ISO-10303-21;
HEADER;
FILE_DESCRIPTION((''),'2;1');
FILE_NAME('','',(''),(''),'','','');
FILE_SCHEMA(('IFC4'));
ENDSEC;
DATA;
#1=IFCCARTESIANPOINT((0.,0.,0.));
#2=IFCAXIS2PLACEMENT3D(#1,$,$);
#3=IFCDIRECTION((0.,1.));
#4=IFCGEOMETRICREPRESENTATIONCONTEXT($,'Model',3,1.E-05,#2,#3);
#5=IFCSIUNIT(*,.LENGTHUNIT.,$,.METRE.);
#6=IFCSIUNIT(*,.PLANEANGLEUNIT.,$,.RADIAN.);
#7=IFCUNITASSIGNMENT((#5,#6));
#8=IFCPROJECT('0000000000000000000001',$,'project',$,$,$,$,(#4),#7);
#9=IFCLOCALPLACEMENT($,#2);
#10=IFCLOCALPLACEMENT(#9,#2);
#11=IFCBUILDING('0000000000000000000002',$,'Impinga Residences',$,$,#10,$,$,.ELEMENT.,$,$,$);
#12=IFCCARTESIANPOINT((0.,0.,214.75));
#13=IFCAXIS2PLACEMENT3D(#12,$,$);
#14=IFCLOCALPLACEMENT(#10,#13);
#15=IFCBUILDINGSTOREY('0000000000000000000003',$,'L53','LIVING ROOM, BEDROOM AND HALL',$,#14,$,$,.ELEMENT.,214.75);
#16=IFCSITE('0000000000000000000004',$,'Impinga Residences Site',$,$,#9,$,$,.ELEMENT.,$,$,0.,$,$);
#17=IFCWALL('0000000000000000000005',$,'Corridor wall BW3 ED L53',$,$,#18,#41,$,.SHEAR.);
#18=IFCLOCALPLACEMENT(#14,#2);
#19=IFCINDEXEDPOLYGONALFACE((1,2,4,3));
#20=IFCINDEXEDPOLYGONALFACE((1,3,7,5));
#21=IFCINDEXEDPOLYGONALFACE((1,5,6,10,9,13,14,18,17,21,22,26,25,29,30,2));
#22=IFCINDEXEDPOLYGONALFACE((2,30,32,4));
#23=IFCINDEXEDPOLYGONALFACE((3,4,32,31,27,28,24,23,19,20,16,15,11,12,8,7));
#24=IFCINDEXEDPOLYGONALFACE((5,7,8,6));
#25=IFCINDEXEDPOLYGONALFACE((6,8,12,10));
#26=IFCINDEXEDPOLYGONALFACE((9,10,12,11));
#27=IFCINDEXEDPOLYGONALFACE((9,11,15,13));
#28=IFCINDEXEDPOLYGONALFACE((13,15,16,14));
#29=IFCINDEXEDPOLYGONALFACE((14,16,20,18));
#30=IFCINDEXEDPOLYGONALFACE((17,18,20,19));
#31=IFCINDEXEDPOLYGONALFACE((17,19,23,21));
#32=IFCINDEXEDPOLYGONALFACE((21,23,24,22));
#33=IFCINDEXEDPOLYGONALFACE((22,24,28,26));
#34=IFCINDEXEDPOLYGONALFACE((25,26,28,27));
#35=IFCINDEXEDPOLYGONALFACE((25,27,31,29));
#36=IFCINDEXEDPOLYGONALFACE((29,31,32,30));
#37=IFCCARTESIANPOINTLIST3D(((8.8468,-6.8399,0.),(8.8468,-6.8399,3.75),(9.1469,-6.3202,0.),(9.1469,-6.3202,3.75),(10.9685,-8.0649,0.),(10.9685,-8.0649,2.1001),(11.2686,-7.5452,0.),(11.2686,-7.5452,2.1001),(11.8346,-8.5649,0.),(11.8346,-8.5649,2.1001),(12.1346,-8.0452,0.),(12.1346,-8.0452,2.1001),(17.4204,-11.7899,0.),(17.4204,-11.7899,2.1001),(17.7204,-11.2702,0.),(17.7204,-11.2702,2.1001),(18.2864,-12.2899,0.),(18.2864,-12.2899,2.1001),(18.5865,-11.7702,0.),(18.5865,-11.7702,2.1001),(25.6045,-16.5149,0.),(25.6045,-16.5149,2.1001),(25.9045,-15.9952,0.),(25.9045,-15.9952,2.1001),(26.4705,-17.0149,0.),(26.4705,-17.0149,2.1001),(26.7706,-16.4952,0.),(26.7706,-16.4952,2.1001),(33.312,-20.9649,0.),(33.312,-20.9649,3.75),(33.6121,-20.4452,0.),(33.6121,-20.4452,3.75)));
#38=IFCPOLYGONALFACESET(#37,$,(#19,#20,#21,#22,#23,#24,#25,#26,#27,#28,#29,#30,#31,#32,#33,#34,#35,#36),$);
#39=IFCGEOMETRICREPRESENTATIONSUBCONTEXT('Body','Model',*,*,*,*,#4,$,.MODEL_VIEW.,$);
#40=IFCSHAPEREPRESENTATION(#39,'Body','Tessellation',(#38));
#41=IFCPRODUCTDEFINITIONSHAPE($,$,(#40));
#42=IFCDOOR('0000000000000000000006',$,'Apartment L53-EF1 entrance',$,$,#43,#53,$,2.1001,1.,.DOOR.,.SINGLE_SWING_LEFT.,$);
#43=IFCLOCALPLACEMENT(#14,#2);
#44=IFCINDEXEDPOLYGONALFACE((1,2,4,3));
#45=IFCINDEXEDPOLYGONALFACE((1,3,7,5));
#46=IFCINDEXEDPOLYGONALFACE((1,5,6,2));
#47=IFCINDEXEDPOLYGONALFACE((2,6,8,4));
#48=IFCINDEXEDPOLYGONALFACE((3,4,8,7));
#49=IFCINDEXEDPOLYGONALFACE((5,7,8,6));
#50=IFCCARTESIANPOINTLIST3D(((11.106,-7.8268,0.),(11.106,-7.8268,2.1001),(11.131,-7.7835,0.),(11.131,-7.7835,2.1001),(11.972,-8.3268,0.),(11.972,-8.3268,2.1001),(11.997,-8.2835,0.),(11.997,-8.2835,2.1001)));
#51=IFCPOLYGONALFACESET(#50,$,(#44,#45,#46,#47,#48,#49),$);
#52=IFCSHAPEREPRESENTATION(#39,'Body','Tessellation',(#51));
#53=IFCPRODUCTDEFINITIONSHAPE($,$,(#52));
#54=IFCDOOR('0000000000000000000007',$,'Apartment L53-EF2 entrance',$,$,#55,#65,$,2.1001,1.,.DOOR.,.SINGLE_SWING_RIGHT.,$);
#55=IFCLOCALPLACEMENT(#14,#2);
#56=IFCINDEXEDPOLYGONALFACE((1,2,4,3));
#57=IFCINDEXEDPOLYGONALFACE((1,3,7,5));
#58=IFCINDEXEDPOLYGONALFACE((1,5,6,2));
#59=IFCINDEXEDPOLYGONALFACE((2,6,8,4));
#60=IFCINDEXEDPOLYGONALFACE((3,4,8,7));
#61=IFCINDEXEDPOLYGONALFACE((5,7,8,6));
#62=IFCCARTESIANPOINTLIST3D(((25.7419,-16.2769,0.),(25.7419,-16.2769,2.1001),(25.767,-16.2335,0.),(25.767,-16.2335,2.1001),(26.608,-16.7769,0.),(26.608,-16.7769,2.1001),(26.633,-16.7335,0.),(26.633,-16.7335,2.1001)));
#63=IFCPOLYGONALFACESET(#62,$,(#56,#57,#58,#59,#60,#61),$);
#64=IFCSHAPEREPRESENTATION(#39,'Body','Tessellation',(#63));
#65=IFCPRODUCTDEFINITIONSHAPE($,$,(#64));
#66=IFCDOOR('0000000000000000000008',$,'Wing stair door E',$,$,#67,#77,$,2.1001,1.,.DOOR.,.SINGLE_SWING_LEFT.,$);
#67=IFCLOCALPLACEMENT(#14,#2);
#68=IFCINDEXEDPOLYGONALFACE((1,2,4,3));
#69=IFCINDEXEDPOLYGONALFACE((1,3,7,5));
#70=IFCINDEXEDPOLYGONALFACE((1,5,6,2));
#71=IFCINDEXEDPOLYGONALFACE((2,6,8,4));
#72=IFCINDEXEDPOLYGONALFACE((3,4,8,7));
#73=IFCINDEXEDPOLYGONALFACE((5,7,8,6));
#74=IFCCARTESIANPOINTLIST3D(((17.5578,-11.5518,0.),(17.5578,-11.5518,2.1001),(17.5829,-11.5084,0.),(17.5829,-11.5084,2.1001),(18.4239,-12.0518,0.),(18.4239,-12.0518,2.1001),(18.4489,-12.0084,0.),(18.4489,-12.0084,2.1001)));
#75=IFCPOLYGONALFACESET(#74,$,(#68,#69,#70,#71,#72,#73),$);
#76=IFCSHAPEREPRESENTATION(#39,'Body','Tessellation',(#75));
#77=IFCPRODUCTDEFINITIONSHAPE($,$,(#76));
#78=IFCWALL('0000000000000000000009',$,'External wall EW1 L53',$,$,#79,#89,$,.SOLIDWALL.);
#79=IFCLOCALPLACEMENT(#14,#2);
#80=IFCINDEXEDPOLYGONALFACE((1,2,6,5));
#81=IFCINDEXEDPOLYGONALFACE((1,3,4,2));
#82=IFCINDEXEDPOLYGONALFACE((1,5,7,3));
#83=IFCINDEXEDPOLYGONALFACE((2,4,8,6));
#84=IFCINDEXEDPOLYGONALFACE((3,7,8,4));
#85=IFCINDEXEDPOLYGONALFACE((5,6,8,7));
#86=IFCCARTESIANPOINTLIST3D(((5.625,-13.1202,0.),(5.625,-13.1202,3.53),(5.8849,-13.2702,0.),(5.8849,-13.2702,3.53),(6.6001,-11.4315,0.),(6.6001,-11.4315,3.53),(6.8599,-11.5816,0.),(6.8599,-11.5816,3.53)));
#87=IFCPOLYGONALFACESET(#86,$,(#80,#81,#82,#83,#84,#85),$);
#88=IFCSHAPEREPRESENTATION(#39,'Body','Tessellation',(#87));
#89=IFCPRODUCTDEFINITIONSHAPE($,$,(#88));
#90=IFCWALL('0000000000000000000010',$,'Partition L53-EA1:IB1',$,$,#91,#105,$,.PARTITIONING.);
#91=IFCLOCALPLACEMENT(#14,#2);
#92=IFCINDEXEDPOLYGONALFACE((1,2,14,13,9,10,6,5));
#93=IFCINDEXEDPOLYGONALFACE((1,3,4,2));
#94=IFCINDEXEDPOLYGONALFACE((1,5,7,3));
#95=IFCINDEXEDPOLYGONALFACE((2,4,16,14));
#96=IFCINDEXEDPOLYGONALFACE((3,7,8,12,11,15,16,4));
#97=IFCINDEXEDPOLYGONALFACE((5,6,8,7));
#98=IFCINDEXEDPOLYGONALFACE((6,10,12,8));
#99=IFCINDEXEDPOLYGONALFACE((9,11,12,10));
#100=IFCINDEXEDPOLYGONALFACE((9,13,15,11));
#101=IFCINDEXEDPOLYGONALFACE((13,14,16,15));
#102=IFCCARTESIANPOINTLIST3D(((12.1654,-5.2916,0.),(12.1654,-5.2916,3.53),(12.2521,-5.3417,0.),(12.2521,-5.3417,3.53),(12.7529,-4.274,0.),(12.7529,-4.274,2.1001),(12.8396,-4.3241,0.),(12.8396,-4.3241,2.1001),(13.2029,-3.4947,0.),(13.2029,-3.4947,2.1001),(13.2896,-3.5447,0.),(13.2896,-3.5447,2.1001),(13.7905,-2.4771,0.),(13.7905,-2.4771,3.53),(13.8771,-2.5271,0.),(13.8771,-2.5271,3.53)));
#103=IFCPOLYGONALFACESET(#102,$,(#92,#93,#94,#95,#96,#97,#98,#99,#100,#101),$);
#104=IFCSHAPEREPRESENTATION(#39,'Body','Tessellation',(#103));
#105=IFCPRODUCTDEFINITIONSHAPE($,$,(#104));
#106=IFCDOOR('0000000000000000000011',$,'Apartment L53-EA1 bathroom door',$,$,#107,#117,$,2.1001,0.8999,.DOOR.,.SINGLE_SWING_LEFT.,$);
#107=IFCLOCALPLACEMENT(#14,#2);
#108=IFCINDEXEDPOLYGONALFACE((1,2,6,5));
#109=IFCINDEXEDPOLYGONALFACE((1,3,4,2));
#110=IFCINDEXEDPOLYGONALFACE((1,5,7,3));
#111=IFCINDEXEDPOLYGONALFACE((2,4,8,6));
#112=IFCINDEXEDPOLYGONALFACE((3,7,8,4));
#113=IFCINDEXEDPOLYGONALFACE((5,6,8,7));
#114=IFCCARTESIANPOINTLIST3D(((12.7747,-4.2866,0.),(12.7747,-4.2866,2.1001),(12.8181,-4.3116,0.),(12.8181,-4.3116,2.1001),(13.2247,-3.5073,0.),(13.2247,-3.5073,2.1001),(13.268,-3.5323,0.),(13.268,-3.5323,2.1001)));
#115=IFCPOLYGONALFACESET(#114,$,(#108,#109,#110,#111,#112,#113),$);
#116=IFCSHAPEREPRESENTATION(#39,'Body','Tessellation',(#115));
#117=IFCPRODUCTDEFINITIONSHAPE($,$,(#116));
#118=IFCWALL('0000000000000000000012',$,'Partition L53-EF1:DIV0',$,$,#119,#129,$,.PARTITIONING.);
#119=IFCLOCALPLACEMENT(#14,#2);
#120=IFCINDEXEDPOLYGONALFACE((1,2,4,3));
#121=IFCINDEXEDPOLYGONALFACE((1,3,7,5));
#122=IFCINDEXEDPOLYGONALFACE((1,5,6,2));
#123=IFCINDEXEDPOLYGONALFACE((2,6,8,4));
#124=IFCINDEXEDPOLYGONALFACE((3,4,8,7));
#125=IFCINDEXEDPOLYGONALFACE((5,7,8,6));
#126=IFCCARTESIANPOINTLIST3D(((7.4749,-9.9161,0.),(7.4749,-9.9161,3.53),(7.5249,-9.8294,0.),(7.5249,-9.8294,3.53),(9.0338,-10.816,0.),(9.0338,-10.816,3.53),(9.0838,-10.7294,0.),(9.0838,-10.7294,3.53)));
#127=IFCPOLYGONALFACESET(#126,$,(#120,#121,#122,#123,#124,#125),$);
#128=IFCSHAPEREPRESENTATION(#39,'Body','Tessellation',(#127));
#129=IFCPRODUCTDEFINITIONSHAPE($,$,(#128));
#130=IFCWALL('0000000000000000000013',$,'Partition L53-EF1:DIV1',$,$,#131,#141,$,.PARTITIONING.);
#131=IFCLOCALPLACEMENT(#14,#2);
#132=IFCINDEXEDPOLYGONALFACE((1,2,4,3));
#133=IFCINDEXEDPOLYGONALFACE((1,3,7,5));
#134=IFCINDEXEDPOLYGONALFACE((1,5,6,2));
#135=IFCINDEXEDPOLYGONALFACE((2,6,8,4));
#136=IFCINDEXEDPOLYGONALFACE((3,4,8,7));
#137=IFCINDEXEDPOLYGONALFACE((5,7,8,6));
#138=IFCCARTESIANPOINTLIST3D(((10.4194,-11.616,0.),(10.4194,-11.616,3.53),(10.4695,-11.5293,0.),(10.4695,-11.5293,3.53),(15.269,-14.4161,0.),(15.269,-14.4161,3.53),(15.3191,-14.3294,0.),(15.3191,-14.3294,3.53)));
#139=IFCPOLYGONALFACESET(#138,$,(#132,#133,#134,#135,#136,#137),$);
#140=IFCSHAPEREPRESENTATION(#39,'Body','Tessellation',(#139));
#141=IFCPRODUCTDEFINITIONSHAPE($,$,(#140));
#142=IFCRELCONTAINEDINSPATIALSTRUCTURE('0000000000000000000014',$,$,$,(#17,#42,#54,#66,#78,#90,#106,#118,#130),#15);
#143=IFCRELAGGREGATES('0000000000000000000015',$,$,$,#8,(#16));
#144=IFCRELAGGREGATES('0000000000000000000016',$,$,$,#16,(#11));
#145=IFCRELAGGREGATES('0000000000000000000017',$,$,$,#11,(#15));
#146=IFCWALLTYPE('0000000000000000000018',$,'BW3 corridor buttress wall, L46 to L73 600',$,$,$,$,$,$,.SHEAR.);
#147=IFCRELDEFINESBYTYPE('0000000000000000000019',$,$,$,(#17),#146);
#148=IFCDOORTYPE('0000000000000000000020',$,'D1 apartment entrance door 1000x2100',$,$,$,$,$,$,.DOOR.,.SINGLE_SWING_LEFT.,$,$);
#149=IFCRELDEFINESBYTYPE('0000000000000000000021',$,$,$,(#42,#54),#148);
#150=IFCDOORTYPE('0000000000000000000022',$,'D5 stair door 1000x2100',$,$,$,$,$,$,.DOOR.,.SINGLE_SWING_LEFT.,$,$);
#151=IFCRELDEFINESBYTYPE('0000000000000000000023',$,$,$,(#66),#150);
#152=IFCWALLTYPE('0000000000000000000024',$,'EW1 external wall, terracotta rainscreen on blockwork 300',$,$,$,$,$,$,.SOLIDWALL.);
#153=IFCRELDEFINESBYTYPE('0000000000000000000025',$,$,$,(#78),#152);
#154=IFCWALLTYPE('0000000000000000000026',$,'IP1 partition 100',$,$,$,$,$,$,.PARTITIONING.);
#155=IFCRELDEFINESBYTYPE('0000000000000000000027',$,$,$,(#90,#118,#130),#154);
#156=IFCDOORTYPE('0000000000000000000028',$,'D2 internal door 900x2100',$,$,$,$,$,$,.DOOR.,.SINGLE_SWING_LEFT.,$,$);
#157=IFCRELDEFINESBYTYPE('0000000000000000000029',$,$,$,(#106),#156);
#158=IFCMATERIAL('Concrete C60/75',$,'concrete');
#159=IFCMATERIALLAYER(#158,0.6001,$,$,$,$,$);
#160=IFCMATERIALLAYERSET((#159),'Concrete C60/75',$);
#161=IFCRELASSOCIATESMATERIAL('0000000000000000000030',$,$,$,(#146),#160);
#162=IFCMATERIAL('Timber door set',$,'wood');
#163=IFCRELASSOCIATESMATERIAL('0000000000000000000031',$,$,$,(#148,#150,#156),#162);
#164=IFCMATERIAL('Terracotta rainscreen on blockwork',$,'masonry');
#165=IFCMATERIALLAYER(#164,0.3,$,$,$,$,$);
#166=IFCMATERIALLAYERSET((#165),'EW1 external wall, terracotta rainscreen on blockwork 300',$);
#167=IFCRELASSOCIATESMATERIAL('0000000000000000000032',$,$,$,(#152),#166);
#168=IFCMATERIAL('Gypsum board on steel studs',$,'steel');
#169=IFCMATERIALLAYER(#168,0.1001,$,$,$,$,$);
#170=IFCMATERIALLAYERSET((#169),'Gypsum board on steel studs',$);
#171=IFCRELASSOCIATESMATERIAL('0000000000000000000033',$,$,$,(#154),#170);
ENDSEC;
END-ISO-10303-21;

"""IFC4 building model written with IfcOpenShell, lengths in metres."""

from ifc_helpers import new_model, si_unit, direction, frame, frame_2d, origin, place, context, subcontext, project, spatial, rectangle, extrude, material, layer, layer_set, type_object, element, fill, save


model = new_model("IFC4")

# Units and contexts
model_context = context("Model", 3, precision=1e-05, world=origin(), true_north=direction((0.0, 1.0)))
body_context = subcontext(model_context, "Body", "Model", "MODEL_VIEW")
ifc_project = project(units=[si_unit("LENGTHUNIT", "METRE"), si_unit("PLANEANGLEUNIT", "RADIAN")], contexts=[model_context])

# Site, building, storey
site_placement = place(None, origin())
site = spatial("IfcSite", under=ifc_project, at=site_placement, Name="Impinga Residences Site", CompositionType="ELEMENT", RefElevation=0.0)
building_placement = place(site_placement, origin())
building = spatial("IfcBuilding", under=site, at=building_placement, Name="Impinga Residences", CompositionType="ELEMENT")
storey_placement = place(building_placement, frame((0.0, 0.0, 214.75)))
storey = spatial("IfcBuildingStorey", under=building, at=storey_placement, Name="L53", Description="LIVING ROOM, BEDROOM AND HALL", CompositionType="ELEMENT", Elevation=214.75)

# Wall, openings, doors
ifc_material_1 = material(Name="Concrete C60/75", Category="concrete")
ifc_layer_1 = layer(ifc_material_1, 0.6001)
ifc_layer_set_1 = layer_set([ifc_layer_1], Name="Concrete C60/75")
wall_type_1 = type_object("IfcWallType", Name="BW3 corridor buttress wall, L46 to L73 600", PredefinedType="SHEAR", material=ifc_layer_set_1)
wall_1_placement = place(storey_placement, frame((8.9968, -6.5801, 0.0), z_axis=(0.0, 0.0, 1.0), x_axis=(0.866026, -0.499998, 0.0)))
wall_1 = element("IfcWall", 1, at=wall_1_placement, inside=storey, type_object=wall_type_1, Name="Corridor wall BW3 ED L53", PredefinedType="SHEAR", context=body_context, shape_type="SweptSolid", body=[
    extrude(rectangle(XDim=28.25, YDim=0.6001, at=frame_2d((14.125, 0.0))), origin(), (0.0, 0.0, 1.0), 3.75),
])
opening_1_placement = place(wall_1_placement, frame((9.8999, 0.0, 0.0)))
opening_1 = element("IfcOpeningElement", 2, at=opening_1_placement, cuts=wall_1, PredefinedType="OPENING", context=body_context, shape_type="SweptSolid", body=[
    extrude(rectangle(XDim=1.0, YDim=2.1001, at=frame_2d((0.5, 1.05))), frame((0.0, 0.3101, 0.0), z_axis=(0.0, -1.0, 0.0), x_axis=(1.0, 0.0, 0.0)), (0.0, 0.0, 1.0), 0.6201),
])
opening_2_placement = place(wall_1_placement, frame((2.45, 0.0, 0.0)))
opening_2 = element("IfcOpeningElement", 3, at=opening_2_placement, cuts=wall_1, PredefinedType="OPENING", context=body_context, shape_type="SweptSolid", body=[
    extrude(rectangle(XDim=1.0, YDim=2.1001, at=frame_2d((0.5, 1.05))), frame((0.0, 0.3101, 0.0), z_axis=(0.0, -1.0, 0.0), x_axis=(1.0, 0.0, 0.0)), (0.0, 0.0, 1.0), 0.6201),
])
opening_3_placement = place(wall_1_placement, frame((19.3501, 0.0, 0.0)))
opening_3 = element("IfcOpeningElement", 4, at=opening_3_placement, cuts=wall_1, PredefinedType="OPENING", context=body_context, shape_type="SweptSolid", body=[
    extrude(rectangle(XDim=1.0, YDim=2.1001, at=frame_2d((0.5, 1.05))), frame((0.0, 0.3101, 0.0), z_axis=(0.0, -1.0, 0.0), x_axis=(1.0, 0.0, 0.0)), (0.0, 0.0, 1.0), 0.6201),
])
ifc_material_2 = material(Name="Timber door set", Category="wood")
door_type_1 = type_object("IfcDoorType", Name="D1 apartment entrance door 1000x2100", OperationType="SINGLE_SWING_LEFT", PredefinedType="DOOR", material=ifc_material_2)
door_1_placement = place(opening_2_placement, origin())
door_1 = element("IfcDoor", 5, at=door_1_placement, inside=storey, type_object=door_type_1, Name="Apartment L53-EF1 entrance", OperationType="SINGLE_SWING_LEFT", OverallHeight=2.1001, OverallWidth=1.0, PredefinedType="DOOR", context=body_context, shape_type="SweptSolid", body=[
    extrude(rectangle(XDim=1.0, YDim=2.1001, at=frame_2d((0.5, 1.05))), frame((0.0, 0.0249, 0.0), z_axis=(0.0, -1.0, 0.0), x_axis=(1.0, 0.0, 0.0)), (0.0, 0.0, 1.0), 0.05),
])
fill(opening_2, door_1)
door_2_placement = place(opening_3_placement, origin())
door_2 = element("IfcDoor", 6, at=door_2_placement, inside=storey, type_object=door_type_1, Name="Apartment L53-EF2 entrance", OperationType="SINGLE_SWING_RIGHT", OverallHeight=2.1001, OverallWidth=1.0, PredefinedType="DOOR", context=body_context, shape_type="SweptSolid", body=[
    extrude(rectangle(XDim=1.0, YDim=2.1001, at=frame_2d((0.5, 1.05))), frame((0.0, 0.0249, 0.0), z_axis=(0.0, -1.0, 0.0), x_axis=(1.0, 0.0, 0.0)), (0.0, 0.0, 1.0), 0.05),
])
fill(opening_3, door_2)
door_type_2 = type_object("IfcDoorType", Name="D5 stair door 1000x2100", OperationType="SINGLE_SWING_LEFT", PredefinedType="DOOR", material=ifc_material_2)
door_3_placement = place(opening_1_placement, origin())
door_3 = element("IfcDoor", 7, at=door_3_placement, inside=storey, type_object=door_type_2, Name="Wing stair door E", OperationType="SINGLE_SWING_LEFT", OverallHeight=2.1001, OverallWidth=1.0, PredefinedType="DOOR", context=body_context, shape_type="SweptSolid", body=[
    extrude(rectangle(XDim=1.0, YDim=2.1001, at=frame_2d((0.5, 1.05))), frame((0.0, 0.0249, 0.0), z_axis=(0.0, -1.0, 0.0), x_axis=(1.0, 0.0, 0.0)), (0.0, 0.0, 1.0), 0.05),
])
fill(opening_1, door_3)

# Wall
ifc_material_3 = material(Name="Terracotta rainscreen on blockwork", Category="masonry")
ifc_layer_2 = layer(ifc_material_3, 0.3)
ifc_layer_set_2 = layer_set([ifc_layer_2], Name="EW1 external wall, terracotta rainscreen on blockwork 300")
wall_type_2 = type_object("IfcWallType", Name="EW1 external wall, terracotta rainscreen on blockwork 300", PredefinedType="SOLIDWALL", material=ifc_layer_set_2)
wall_2_placement = place(storey_placement, frame((5.7549, -13.1953, 0.0), z_axis=(0.0, 0.0, 1.0), x_axis=(0.500044, 0.866, 0.0)))
element("IfcWall", 8, at=wall_2_placement, inside=storey, type_object=wall_type_2, Name="External wall EW1 L53", PredefinedType="SOLIDWALL", context=body_context, shape_type="SweptSolid", body=[
    extrude(rectangle(XDim=1.95, YDim=0.3, at=frame_2d((0.9751, 0.0))), origin(), (0.0, 0.0, 1.0), 3.53),
])

# Wall, opening, door
ifc_material_4 = material(Name="Gypsum board on steel studs", Category="steel")
ifc_layer_3 = layer(ifc_material_4, 0.1001)
ifc_layer_set_3 = layer_set([ifc_layer_3], Name="Gypsum board on steel studs")
wall_type_3 = type_object("IfcWallType", Name="IP1 partition 100", PredefinedType="PARTITIONING", material=ifc_layer_set_3)
wall_3_placement = place(storey_placement, frame((12.2087, -5.3167, 0.0), z_axis=(0.0, 0.0, 1.0), x_axis=(0.500017, 0.866015, 0.0)))
wall_3 = element("IfcWall", 9, at=wall_3_placement, inside=storey, type_object=wall_type_3, Name="Partition L53-EA1:IB1", PredefinedType="PARTITIONING", context=body_context, shape_type="SweptSolid", body=[
    extrude(rectangle(XDim=3.25, YDim=0.1001, at=frame_2d((1.625, 0.0))), origin(), (0.0, 0.0, 1.0), 3.53),
])
opening_4_placement = place(wall_3_placement, frame((1.175, 0.0, 0.0)))
opening_4 = element("IfcOpeningElement", 10, at=opening_4_placement, cuts=wall_3, PredefinedType="OPENING", context=body_context, shape_type="SweptSolid", body=[
    extrude(rectangle(XDim=0.8999, YDim=2.1001, at=frame_2d((0.45, 1.05))), frame((0.0, 0.0601, 0.0), z_axis=(0.0, -1.0, 0.0), x_axis=(1.0, 0.0, 0.0)), (0.0, 0.0, 1.0), 0.1201),
])
door_type_3 = type_object("IfcDoorType", Name="D2 internal door 900x2100", OperationType="SINGLE_SWING_LEFT", PredefinedType="DOOR", material=ifc_material_2)
door_4_placement = place(opening_4_placement, origin())
door_4 = element("IfcDoor", 11, at=door_4_placement, inside=storey, type_object=door_type_3, Name="Apartment L53-EA1 bathroom door", OperationType="SINGLE_SWING_LEFT", OverallHeight=2.1001, OverallWidth=0.8999, PredefinedType="DOOR", context=body_context, shape_type="SweptSolid", body=[
    extrude(rectangle(XDim=0.8999, YDim=2.1001, at=frame_2d((0.45, 1.05))), frame((0.0, 0.0249, 0.0), z_axis=(0.0, -1.0, 0.0), x_axis=(1.0, 0.0, 0.0)), (0.0, 0.0, 1.0), 0.05),
])
fill(opening_4, door_4)

# Walls
wall_4_placement = place(storey_placement, frame((7.5, -9.8728, 0.0), z_axis=(0.0, 0.0, 1.0), x_axis=(0.866048, -0.499961, 0.0)))
element("IfcWall", 12, at=wall_4_placement, inside=storey, type_object=wall_type_3, Name="Partition L53-EF1:DIV0", PredefinedType="PARTITIONING", context=body_context, shape_type="SweptSolid", body=[
    extrude(rectangle(XDim=1.8, YDim=0.1001, at=frame_2d((0.8999, 0.0))), origin(), (0.0, 0.0, 1.0), 3.53),
])
wall_5_placement = place(storey_placement, frame((10.4446, -11.5728, 0.0), z_axis=(0.0, 0.0, 1.0), x_axis=(0.866016, -0.500017, 0.0)))
element("IfcWall", 13, at=wall_5_placement, inside=storey, type_object=wall_type_3, Name="Partition L53-EF1:DIV1", PredefinedType="PARTITIONING", context=body_context, shape_type="SweptSolid", body=[
    extrude(rectangle(XDim=5.5999, YDim=0.1001, at=frame_2d((2.7998, 0.0))), origin(), (0.0, 0.0, 1.0), 3.53),
])

save(model, "model.ifc")
